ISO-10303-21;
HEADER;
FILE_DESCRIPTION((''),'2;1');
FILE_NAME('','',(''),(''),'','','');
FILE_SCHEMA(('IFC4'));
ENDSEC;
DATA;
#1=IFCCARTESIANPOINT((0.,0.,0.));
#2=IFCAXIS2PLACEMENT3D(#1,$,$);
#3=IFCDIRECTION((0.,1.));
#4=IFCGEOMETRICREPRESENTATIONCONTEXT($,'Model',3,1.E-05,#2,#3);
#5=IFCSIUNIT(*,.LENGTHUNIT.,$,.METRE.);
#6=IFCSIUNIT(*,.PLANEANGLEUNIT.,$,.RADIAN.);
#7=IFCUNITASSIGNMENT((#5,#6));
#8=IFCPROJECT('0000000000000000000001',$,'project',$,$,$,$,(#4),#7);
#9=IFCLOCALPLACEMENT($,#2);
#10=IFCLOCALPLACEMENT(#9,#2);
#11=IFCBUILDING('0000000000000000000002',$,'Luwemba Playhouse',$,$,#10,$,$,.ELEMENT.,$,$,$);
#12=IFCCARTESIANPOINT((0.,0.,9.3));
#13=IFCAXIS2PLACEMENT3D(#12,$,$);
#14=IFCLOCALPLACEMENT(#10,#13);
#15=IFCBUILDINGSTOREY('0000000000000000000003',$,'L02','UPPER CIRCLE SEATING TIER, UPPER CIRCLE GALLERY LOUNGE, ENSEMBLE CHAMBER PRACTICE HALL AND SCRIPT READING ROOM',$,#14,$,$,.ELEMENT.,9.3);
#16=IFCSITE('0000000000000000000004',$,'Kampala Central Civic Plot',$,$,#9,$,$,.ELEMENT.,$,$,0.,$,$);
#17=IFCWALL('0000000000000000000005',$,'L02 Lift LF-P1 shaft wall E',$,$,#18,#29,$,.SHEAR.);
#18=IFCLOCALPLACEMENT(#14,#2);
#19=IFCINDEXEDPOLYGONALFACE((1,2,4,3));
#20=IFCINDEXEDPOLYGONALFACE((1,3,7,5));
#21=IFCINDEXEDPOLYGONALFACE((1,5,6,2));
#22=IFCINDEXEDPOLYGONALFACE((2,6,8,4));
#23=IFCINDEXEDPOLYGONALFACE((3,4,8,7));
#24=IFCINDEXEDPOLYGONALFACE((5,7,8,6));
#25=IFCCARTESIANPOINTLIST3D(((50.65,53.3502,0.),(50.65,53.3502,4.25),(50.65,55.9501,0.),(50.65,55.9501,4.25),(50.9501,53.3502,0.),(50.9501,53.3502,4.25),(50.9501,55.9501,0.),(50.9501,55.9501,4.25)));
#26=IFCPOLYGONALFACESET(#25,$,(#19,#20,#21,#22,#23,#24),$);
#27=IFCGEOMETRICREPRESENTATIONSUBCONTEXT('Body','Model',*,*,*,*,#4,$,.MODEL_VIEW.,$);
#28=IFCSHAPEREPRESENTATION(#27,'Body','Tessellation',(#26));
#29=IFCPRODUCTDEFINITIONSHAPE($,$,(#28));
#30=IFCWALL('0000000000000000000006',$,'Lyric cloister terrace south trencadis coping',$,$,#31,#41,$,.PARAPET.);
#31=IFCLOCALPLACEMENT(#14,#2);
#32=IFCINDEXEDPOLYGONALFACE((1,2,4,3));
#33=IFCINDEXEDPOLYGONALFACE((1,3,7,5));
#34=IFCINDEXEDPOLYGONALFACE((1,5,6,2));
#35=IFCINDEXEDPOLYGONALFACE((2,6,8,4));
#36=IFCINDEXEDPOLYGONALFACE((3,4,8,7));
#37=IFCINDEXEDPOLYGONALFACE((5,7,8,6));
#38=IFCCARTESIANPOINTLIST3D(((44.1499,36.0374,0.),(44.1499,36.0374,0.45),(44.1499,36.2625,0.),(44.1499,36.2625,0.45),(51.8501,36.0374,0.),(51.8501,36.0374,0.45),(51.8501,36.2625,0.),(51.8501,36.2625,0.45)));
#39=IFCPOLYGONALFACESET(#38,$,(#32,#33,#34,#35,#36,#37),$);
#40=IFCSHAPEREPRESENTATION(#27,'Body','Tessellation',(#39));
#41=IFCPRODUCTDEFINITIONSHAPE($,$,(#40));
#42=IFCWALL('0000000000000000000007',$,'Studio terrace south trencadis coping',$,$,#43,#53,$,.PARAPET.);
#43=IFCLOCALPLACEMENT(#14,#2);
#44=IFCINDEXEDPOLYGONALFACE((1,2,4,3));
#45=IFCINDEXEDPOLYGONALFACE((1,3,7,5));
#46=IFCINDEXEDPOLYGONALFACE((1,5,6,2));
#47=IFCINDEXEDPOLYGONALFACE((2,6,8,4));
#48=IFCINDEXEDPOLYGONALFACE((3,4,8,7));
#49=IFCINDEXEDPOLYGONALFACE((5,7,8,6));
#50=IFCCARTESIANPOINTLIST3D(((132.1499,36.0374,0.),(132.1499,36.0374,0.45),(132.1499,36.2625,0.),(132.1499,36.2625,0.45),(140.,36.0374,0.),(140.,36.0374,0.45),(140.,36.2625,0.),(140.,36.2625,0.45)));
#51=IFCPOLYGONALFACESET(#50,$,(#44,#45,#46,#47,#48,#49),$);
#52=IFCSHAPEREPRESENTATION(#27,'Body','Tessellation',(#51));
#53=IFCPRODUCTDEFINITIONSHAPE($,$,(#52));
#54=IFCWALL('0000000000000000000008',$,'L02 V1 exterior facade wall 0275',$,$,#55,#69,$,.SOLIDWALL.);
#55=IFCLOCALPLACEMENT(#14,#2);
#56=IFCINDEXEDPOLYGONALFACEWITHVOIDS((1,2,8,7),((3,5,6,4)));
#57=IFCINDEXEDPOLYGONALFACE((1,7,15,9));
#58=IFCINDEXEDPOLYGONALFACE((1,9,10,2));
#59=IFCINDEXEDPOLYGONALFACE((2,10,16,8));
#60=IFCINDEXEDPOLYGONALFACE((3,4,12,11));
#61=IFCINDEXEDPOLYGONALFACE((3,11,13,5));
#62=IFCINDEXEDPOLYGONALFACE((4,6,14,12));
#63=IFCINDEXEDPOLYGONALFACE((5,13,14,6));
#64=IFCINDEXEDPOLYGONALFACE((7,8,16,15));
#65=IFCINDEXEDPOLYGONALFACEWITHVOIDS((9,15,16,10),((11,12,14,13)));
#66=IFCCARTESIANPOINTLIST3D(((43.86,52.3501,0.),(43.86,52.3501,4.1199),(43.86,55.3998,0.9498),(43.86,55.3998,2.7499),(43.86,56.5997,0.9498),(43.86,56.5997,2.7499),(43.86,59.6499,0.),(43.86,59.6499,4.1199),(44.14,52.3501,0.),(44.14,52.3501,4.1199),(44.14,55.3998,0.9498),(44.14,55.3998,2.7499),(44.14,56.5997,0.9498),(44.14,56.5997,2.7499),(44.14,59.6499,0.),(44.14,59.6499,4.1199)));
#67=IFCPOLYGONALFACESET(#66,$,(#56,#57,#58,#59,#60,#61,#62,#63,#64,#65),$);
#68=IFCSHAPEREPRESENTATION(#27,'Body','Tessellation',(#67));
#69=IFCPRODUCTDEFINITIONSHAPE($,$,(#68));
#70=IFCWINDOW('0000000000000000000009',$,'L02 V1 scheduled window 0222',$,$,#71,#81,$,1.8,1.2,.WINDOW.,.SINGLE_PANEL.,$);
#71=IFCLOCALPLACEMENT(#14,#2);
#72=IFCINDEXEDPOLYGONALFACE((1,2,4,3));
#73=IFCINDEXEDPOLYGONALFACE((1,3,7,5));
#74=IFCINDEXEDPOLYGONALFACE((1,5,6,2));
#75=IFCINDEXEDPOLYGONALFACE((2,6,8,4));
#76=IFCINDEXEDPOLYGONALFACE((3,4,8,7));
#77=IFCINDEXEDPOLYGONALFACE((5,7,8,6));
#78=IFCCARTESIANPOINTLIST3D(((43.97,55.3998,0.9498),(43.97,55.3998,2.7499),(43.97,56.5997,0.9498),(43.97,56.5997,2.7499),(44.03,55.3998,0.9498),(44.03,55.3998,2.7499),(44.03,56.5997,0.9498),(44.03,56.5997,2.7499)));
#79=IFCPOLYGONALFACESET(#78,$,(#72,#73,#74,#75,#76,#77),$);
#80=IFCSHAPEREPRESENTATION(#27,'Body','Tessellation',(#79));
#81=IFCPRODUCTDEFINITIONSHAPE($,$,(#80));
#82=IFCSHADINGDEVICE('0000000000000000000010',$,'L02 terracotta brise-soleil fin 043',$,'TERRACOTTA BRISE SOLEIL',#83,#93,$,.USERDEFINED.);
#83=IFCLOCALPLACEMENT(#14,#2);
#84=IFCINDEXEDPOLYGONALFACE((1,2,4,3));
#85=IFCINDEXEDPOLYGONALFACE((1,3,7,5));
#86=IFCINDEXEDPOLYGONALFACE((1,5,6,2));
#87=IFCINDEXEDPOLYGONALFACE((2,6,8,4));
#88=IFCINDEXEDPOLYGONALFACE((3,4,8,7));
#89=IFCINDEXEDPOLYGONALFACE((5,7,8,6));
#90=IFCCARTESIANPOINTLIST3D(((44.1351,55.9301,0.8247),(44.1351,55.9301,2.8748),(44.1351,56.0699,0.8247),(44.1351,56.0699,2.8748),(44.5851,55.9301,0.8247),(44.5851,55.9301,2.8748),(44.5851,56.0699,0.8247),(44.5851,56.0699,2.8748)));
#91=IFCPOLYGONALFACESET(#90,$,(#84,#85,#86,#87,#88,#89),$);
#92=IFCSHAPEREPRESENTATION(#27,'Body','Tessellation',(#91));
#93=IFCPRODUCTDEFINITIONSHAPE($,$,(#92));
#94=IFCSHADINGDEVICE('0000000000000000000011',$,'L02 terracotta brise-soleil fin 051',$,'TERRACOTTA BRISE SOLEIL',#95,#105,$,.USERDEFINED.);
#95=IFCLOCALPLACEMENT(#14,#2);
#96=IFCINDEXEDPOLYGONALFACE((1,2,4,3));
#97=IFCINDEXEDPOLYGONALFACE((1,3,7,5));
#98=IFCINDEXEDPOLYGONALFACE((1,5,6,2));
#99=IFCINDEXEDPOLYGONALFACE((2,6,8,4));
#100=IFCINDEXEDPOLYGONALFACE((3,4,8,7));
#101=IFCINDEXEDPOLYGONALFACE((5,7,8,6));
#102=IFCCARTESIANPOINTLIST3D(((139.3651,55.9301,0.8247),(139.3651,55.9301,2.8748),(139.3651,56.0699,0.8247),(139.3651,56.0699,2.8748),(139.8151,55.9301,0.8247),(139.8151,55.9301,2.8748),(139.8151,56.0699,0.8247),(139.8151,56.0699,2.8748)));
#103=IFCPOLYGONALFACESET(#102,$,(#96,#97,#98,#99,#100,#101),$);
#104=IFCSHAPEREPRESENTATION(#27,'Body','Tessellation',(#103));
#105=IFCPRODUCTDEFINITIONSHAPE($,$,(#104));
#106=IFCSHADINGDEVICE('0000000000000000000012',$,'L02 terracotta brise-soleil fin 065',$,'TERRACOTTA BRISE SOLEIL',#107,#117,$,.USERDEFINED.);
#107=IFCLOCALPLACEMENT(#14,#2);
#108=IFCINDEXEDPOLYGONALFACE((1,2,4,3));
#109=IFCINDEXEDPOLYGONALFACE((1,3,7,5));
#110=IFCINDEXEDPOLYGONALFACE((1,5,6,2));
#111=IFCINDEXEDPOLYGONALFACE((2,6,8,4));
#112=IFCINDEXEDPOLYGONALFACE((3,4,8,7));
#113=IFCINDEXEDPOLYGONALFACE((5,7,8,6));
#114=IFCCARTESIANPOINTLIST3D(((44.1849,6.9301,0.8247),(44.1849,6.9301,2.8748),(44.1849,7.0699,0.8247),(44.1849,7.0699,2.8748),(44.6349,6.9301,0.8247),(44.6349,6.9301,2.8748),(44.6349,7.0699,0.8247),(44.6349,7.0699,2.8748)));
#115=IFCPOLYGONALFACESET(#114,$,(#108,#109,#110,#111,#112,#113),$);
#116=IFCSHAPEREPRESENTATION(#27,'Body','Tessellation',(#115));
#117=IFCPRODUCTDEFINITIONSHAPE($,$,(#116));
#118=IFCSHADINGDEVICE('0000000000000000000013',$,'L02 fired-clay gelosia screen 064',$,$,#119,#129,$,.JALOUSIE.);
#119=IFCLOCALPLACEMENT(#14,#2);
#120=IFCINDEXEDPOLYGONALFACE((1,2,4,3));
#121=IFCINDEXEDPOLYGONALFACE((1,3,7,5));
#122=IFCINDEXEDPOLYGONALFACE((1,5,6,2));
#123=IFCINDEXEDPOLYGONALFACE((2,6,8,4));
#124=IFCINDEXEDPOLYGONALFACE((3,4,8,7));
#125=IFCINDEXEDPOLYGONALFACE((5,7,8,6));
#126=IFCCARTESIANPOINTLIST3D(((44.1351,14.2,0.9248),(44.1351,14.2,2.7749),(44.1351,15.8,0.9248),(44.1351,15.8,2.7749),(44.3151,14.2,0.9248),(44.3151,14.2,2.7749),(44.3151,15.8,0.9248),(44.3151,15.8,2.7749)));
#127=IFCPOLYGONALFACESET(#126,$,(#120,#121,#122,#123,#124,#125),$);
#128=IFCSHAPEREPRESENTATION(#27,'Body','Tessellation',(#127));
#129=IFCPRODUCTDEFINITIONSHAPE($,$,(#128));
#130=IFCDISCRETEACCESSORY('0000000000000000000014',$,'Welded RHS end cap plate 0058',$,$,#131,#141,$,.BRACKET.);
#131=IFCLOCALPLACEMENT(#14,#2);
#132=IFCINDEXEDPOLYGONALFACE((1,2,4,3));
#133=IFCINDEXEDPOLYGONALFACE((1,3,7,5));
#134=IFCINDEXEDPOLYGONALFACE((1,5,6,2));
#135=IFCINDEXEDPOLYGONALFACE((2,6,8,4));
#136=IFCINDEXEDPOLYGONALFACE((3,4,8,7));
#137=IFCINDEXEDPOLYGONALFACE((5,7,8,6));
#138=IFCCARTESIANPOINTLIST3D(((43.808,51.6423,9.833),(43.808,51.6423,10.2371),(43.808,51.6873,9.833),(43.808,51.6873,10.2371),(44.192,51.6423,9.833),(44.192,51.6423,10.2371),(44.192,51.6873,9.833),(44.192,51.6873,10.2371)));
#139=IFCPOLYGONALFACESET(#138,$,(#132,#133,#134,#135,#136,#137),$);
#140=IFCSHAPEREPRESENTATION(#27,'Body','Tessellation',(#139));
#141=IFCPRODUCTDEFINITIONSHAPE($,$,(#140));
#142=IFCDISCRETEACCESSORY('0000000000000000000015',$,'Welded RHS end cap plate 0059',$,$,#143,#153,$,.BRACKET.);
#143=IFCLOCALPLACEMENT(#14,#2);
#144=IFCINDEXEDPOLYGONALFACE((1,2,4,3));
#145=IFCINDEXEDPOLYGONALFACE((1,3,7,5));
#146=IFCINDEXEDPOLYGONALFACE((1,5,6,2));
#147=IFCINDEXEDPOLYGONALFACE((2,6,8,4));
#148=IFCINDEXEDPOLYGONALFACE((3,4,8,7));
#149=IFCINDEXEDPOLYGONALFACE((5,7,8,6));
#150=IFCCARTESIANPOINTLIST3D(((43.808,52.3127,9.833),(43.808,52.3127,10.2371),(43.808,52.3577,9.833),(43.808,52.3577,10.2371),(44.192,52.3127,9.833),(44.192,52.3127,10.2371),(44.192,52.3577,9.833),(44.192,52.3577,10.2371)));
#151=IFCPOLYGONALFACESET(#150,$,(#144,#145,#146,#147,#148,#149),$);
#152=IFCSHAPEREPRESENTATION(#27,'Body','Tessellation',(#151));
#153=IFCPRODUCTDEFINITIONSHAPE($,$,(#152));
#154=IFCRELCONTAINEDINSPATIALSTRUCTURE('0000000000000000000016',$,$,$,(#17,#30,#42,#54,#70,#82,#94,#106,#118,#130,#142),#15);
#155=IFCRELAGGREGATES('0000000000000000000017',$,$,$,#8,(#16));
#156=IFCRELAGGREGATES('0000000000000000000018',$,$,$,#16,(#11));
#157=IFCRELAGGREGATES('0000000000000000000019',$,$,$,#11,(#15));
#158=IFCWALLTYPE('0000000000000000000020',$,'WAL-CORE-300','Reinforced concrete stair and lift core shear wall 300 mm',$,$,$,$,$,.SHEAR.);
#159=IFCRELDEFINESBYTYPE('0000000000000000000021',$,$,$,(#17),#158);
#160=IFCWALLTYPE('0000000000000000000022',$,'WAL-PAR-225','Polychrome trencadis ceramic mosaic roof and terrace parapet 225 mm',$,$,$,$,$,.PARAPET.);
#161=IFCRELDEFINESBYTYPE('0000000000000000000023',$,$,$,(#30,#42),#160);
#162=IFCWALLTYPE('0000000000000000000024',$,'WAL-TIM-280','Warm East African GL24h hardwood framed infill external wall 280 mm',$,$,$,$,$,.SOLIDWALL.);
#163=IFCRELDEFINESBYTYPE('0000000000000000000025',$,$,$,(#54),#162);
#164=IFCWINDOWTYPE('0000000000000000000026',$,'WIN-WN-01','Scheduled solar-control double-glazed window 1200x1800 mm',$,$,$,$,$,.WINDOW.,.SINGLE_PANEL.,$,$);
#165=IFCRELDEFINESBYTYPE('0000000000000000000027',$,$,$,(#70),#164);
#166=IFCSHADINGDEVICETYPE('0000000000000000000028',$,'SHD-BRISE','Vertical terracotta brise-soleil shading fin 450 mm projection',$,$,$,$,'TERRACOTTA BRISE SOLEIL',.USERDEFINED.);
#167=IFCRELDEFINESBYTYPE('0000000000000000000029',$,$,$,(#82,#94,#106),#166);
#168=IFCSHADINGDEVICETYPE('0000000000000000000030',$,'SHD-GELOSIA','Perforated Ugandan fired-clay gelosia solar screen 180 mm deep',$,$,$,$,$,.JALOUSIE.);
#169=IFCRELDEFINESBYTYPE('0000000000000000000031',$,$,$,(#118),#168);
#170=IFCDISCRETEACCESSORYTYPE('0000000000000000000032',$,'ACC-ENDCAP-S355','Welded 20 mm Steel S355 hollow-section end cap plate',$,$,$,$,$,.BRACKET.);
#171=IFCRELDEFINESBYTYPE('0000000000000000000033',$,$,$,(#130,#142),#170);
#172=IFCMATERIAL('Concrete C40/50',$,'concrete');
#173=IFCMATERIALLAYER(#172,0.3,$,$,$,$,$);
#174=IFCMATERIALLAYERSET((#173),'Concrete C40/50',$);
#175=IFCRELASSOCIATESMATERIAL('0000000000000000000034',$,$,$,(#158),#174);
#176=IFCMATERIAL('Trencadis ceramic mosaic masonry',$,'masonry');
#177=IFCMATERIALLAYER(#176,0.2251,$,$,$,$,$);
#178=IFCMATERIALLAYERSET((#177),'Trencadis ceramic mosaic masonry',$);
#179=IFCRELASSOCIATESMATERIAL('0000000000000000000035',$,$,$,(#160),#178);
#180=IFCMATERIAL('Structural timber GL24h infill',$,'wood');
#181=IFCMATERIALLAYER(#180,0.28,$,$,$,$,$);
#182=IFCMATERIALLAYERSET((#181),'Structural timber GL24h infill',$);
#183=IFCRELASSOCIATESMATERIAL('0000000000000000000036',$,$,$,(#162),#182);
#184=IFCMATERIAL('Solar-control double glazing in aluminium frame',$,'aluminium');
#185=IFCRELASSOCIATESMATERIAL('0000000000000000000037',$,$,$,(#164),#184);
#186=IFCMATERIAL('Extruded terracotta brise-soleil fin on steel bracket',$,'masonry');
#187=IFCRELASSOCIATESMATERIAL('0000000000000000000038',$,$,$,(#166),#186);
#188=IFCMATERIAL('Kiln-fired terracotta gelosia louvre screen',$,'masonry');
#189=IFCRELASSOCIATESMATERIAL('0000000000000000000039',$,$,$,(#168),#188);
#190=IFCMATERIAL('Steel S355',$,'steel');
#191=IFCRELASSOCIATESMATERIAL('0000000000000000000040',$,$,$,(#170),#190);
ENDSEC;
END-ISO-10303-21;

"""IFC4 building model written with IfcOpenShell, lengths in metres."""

from ifc_helpers import new_model, si_unit, direction, frame, frame_2d, origin, origin_2d, place, context, subcontext, project, spatial, rectangle, extrude, material, layer, layer_set, type_object, element, fill, save


model = new_model("IFC4")

# Units and contexts
model_context = context("Model", 3, precision=1e-05, world=origin(), true_north=direction((0.0, 1.0)))
body_context = subcontext(model_context, "Body", "Model", "MODEL_VIEW")
ifc_project = project(units=[si_unit("LENGTHUNIT", "METRE"), si_unit("PLANEANGLEUNIT", "RADIAN")], contexts=[model_context])

# Site, building, storey
site_placement = place(None, origin())
site = spatial("IfcSite", under=ifc_project, at=site_placement, Name="Kampala Central Civic Plot", CompositionType="ELEMENT", RefElevation=0.0)
building_placement = place(site_placement, origin())
building = spatial("IfcBuilding", under=site, at=building_placement, Name="Luwemba Playhouse", CompositionType="ELEMENT")
storey_placement = place(building_placement, frame((0.0, 0.0, 9.3)))
storey = spatial("IfcBuildingStorey", under=building, at=storey_placement, Name="L02", Description="UPPER CIRCLE SEATING TIER, UPPER CIRCLE GALLERY LOUNGE, ENSEMBLE CHAMBER PRACTICE HALL AND SCRIPT READING ROOM", CompositionType="ELEMENT", Elevation=9.3)

# Shared definitions
ifc_material_1 = material(Name="Concrete C40/50", Category="concrete")
ifc_material_2 = material(Name="Steel S355", Category="steel")

# Shared definitions
ifc_layer_1 = layer(ifc_material_1, 0.3)
ifc_layer_set_1 = layer_set([ifc_layer_1], Name="Concrete C40/50")
wall_type_1 = type_object("IfcWallType", Name="WAL-CORE-300", Description="Reinforced concrete stair and lift core shear wall 300 mm", PredefinedType="SHEAR", material=ifc_layer_set_1)

# Walls
wall_1_placement = place(storey_placement, frame((50.8, 55.95, 0.0), z_axis=(0.0, 0.0, 1.0), x_axis=(0.0, -1.0, 0.0)))
element("IfcWall", 1, at=wall_1_placement, inside=storey, type_object=wall_type_1, Name="L02 Lift LF-P1 shaft wall E", PredefinedType="SHEAR", context=body_context, shape_type="SweptSolid", body=[
    extrude(rectangle(XDim=2.5999, YDim=0.3, at=frame_2d((1.2998, 0.0))), origin(), (0.0, 0.0, 1.0), 4.25),
])
ifc_material_3 = material(Name="Trencadis ceramic mosaic masonry", Category="masonry")
ifc_layer_2 = layer(ifc_material_3, 0.2251)
ifc_layer_set_2 = layer_set([ifc_layer_2], Name="Trencadis ceramic mosaic masonry")
wall_type_2 = type_object("IfcWallType", Name="WAL-PAR-225", Description="Polychrome trencadis ceramic mosaic roof and terrace parapet 225 mm", PredefinedType="PARAPET", material=ifc_layer_set_2)
wall_2_placement = place(storey_placement, frame((44.1499, 36.1499, 0.0), z_axis=(0.0, 0.0, 1.0), x_axis=(1.0, 0.0, 0.0)))
element("IfcWall", 2, at=wall_2_placement, inside=storey, type_object=wall_type_2, Name="Lyric cloister terrace south trencadis coping", PredefinedType="PARAPET", context=body_context, shape_type="SweptSolid", body=[
    extrude(rectangle(XDim=7.7002, YDim=0.2251, at=frame_2d((3.8501, 0.0))), origin(), (0.0, 0.0, 1.0), 0.45),
])
wall_3_placement = place(storey_placement, frame((132.1499, 36.1499, 0.0), z_axis=(0.0, 0.0, 1.0), x_axis=(1.0, 0.0, 0.0)))
element("IfcWall", 3, at=wall_3_placement, inside=storey, type_object=wall_type_2, Name="Studio terrace south trencadis coping", PredefinedType="PARAPET", context=body_context, shape_type="SweptSolid", body=[
    extrude(rectangle(XDim=7.8501, YDim=0.2251, at=frame_2d((3.925, 0.0))), origin(), (0.0, 0.0, 1.0), 0.45),
])

# Wall, opening, window
ifc_material_4 = material(Name="Structural timber GL24h infill", Category="wood")
ifc_layer_3 = layer(ifc_material_4, 0.28)
ifc_layer_set_3 = layer_set([ifc_layer_3], Name="Structural timber GL24h infill")
wall_type_3 = type_object("IfcWallType", Name="WAL-TIM-280", Description="Warm East African GL24h hardwood framed infill external wall 280 mm", PredefinedType="SOLIDWALL", material=ifc_layer_set_3)
wall_4_placement = place(storey_placement, frame((44.0, 59.6499, 0.0), z_axis=(0.0, 0.0, 1.0), x_axis=(0.0, -1.0, 0.0)))
wall_4 = element("IfcWall", 4, at=wall_4_placement, inside=storey, type_object=wall_type_3, Name="L02 V1 exterior facade wall 0275", PredefinedType="SOLIDWALL", context=body_context, shape_type="SweptSolid", body=[
    extrude(rectangle(XDim=7.2998, YDim=0.28, at=frame_2d((3.6499, 0.0))), origin(), (0.0, 0.0, 1.0), 4.1199),
])
opening_1_placement = place(wall_4_placement, frame((3.05, 0.0, 0.95)))
opening_1 = element("IfcOpeningElement", 5, at=opening_1_placement, cuts=wall_4, PredefinedType="OPENING", context=body_context, shape_type="SweptSolid", body=[
    extrude(rectangle(XDim=1.2, YDim=1.8, at=frame_2d((0.6001, 0.8999))), frame((0.0, 0.1499, 0.0), z_axis=(0.0, -1.0, 0.0), x_axis=(1.0, 0.0, 0.0)), (0.0, 0.0, 1.0), 0.3),
])
ifc_material_5 = material(Name="Solar-control double glazing in aluminium frame", Category="aluminium")
window_type = type_object("IfcWindowType", Name="WIN-WN-01", Description="Scheduled solar-control double-glazed window 1200x1800 mm", PartitioningType="SINGLE_PANEL", PredefinedType="WINDOW", material=ifc_material_5)
window_placement = place(opening_1_placement, origin())
window = element("IfcWindow", 6, at=window_placement, inside=storey, type_object=window_type, Name="L02 V1 scheduled window 0222", OverallHeight=1.8, OverallWidth=1.2, PartitioningType="SINGLE_PANEL", PredefinedType="WINDOW", context=body_context, shape_type="SweptSolid", body=[
    extrude(rectangle(XDim=1.2, YDim=1.8, at=frame_2d((0.6001, 0.8999))), frame((0.0, 0.03, 0.0), z_axis=(0.0, -1.0, 0.0), x_axis=(1.0, 0.0, 0.0)), (0.0, 0.0, 1.0), 0.0601),
])
fill(opening_1, window)

# Shading devices
ifc_material_6 = material(Name="Extruded terracotta brise-soleil fin on steel bracket", Category="masonry")
shading_device_type_1 = type_object("IfcShadingDeviceType", Name="SHD-BRISE", Description="Vertical terracotta brise-soleil shading fin 450 mm projection", ElementType="TERRACOTTA BRISE SOLEIL", PredefinedType="USERDEFINED", material=ifc_material_6)
for number, where, z_axis, x_axis, name in (
    (7, (44.3601, 56.0, 0.8247), (0.0, 0.0, 1.0), (0.0, -1.0, 0.0), "L02 terracotta brise-soleil fin 043"),
    (8, (139.5901, 56.0, 0.8247), (0.0, 0.0, 1.0), (0.0, 1.0, 0.0), "L02 terracotta brise-soleil fin 051"),
    (9, (44.4099, 7.0, 0.8247), (0.0, 0.0, 1.0), (0.0, -1.0, 0.0), "L02 terracotta brise-soleil fin 065"),
):
    element("IfcShadingDevice", number, at=place(storey_placement, frame(where, z_axis=z_axis, x_axis=x_axis)), inside=storey, type_object=shading_device_type_1, Name=name, ObjectType="TERRACOTTA BRISE SOLEIL", PredefinedType="USERDEFINED", context=body_context, shape_type="SweptSolid", body=[
        extrude(rectangle(XDim=0.1399, YDim=0.45, at=origin_2d()), origin(), (0.0, 0.0, 1.0), 2.05),
    ])
ifc_material_7 = material(Name="Kiln-fired terracotta gelosia louvre screen", Category="masonry")
shading_device_type_2 = type_object("IfcShadingDeviceType", Name="SHD-GELOSIA", Description="Perforated Ugandan fired-clay gelosia solar screen 180 mm deep", PredefinedType="JALOUSIE", material=ifc_material_7)
shading_device_placement = place(storey_placement, frame((44.2251, 15.0, 0.9248), z_axis=(0.0, 0.0, 1.0), x_axis=(0.0, -1.0, 0.0)))
element("IfcShadingDevice", 10, at=shading_device_placement, inside=storey, type_object=shading_device_type_2, Name="L02 fired-clay gelosia screen 064", PredefinedType="JALOUSIE", context=body_context, shape_type="SweptSolid", body=[
    extrude(rectangle(XDim=1.6001, YDim=0.1799, at=origin_2d()), origin(), (0.0, 0.0, 1.0), 1.8501),
])

# Discrete accessories
discrete_accessory_type = type_object("IfcDiscreteAccessoryType", Name="ACC-ENDCAP-S355", Description="Welded 20 mm Steel S355 hollow-section end cap plate", PredefinedType="BRACKET", material=ifc_material_2)
for number, where, z_axis, x_axis, name in (
    (11, (44.0, 51.6648, 9.833), (0.0, 0.0, 1.0), (1.0, 0.0, 0.0), "Welded RHS end cap plate 0058"),
    (12, (44.0, 52.3352, 9.833), (0.0, 0.0, 1.0), (1.0, 0.0, 0.0), "Welded RHS end cap plate 0059"),
):
    element("IfcDiscreteAccessory", number, at=place(storey_placement, frame(where, z_axis=z_axis, x_axis=x_axis)), inside=storey, type_object=discrete_accessory_type, Name=name, PredefinedType="BRACKET", context=body_context, shape_type="SweptSolid", body=[
        extrude(rectangle(XDim=0.384, YDim=0.0449, at=origin_2d()), origin(), (0.0, 0.0, 1.0), 0.4041),
    ])

save(model, "model.ifc")
